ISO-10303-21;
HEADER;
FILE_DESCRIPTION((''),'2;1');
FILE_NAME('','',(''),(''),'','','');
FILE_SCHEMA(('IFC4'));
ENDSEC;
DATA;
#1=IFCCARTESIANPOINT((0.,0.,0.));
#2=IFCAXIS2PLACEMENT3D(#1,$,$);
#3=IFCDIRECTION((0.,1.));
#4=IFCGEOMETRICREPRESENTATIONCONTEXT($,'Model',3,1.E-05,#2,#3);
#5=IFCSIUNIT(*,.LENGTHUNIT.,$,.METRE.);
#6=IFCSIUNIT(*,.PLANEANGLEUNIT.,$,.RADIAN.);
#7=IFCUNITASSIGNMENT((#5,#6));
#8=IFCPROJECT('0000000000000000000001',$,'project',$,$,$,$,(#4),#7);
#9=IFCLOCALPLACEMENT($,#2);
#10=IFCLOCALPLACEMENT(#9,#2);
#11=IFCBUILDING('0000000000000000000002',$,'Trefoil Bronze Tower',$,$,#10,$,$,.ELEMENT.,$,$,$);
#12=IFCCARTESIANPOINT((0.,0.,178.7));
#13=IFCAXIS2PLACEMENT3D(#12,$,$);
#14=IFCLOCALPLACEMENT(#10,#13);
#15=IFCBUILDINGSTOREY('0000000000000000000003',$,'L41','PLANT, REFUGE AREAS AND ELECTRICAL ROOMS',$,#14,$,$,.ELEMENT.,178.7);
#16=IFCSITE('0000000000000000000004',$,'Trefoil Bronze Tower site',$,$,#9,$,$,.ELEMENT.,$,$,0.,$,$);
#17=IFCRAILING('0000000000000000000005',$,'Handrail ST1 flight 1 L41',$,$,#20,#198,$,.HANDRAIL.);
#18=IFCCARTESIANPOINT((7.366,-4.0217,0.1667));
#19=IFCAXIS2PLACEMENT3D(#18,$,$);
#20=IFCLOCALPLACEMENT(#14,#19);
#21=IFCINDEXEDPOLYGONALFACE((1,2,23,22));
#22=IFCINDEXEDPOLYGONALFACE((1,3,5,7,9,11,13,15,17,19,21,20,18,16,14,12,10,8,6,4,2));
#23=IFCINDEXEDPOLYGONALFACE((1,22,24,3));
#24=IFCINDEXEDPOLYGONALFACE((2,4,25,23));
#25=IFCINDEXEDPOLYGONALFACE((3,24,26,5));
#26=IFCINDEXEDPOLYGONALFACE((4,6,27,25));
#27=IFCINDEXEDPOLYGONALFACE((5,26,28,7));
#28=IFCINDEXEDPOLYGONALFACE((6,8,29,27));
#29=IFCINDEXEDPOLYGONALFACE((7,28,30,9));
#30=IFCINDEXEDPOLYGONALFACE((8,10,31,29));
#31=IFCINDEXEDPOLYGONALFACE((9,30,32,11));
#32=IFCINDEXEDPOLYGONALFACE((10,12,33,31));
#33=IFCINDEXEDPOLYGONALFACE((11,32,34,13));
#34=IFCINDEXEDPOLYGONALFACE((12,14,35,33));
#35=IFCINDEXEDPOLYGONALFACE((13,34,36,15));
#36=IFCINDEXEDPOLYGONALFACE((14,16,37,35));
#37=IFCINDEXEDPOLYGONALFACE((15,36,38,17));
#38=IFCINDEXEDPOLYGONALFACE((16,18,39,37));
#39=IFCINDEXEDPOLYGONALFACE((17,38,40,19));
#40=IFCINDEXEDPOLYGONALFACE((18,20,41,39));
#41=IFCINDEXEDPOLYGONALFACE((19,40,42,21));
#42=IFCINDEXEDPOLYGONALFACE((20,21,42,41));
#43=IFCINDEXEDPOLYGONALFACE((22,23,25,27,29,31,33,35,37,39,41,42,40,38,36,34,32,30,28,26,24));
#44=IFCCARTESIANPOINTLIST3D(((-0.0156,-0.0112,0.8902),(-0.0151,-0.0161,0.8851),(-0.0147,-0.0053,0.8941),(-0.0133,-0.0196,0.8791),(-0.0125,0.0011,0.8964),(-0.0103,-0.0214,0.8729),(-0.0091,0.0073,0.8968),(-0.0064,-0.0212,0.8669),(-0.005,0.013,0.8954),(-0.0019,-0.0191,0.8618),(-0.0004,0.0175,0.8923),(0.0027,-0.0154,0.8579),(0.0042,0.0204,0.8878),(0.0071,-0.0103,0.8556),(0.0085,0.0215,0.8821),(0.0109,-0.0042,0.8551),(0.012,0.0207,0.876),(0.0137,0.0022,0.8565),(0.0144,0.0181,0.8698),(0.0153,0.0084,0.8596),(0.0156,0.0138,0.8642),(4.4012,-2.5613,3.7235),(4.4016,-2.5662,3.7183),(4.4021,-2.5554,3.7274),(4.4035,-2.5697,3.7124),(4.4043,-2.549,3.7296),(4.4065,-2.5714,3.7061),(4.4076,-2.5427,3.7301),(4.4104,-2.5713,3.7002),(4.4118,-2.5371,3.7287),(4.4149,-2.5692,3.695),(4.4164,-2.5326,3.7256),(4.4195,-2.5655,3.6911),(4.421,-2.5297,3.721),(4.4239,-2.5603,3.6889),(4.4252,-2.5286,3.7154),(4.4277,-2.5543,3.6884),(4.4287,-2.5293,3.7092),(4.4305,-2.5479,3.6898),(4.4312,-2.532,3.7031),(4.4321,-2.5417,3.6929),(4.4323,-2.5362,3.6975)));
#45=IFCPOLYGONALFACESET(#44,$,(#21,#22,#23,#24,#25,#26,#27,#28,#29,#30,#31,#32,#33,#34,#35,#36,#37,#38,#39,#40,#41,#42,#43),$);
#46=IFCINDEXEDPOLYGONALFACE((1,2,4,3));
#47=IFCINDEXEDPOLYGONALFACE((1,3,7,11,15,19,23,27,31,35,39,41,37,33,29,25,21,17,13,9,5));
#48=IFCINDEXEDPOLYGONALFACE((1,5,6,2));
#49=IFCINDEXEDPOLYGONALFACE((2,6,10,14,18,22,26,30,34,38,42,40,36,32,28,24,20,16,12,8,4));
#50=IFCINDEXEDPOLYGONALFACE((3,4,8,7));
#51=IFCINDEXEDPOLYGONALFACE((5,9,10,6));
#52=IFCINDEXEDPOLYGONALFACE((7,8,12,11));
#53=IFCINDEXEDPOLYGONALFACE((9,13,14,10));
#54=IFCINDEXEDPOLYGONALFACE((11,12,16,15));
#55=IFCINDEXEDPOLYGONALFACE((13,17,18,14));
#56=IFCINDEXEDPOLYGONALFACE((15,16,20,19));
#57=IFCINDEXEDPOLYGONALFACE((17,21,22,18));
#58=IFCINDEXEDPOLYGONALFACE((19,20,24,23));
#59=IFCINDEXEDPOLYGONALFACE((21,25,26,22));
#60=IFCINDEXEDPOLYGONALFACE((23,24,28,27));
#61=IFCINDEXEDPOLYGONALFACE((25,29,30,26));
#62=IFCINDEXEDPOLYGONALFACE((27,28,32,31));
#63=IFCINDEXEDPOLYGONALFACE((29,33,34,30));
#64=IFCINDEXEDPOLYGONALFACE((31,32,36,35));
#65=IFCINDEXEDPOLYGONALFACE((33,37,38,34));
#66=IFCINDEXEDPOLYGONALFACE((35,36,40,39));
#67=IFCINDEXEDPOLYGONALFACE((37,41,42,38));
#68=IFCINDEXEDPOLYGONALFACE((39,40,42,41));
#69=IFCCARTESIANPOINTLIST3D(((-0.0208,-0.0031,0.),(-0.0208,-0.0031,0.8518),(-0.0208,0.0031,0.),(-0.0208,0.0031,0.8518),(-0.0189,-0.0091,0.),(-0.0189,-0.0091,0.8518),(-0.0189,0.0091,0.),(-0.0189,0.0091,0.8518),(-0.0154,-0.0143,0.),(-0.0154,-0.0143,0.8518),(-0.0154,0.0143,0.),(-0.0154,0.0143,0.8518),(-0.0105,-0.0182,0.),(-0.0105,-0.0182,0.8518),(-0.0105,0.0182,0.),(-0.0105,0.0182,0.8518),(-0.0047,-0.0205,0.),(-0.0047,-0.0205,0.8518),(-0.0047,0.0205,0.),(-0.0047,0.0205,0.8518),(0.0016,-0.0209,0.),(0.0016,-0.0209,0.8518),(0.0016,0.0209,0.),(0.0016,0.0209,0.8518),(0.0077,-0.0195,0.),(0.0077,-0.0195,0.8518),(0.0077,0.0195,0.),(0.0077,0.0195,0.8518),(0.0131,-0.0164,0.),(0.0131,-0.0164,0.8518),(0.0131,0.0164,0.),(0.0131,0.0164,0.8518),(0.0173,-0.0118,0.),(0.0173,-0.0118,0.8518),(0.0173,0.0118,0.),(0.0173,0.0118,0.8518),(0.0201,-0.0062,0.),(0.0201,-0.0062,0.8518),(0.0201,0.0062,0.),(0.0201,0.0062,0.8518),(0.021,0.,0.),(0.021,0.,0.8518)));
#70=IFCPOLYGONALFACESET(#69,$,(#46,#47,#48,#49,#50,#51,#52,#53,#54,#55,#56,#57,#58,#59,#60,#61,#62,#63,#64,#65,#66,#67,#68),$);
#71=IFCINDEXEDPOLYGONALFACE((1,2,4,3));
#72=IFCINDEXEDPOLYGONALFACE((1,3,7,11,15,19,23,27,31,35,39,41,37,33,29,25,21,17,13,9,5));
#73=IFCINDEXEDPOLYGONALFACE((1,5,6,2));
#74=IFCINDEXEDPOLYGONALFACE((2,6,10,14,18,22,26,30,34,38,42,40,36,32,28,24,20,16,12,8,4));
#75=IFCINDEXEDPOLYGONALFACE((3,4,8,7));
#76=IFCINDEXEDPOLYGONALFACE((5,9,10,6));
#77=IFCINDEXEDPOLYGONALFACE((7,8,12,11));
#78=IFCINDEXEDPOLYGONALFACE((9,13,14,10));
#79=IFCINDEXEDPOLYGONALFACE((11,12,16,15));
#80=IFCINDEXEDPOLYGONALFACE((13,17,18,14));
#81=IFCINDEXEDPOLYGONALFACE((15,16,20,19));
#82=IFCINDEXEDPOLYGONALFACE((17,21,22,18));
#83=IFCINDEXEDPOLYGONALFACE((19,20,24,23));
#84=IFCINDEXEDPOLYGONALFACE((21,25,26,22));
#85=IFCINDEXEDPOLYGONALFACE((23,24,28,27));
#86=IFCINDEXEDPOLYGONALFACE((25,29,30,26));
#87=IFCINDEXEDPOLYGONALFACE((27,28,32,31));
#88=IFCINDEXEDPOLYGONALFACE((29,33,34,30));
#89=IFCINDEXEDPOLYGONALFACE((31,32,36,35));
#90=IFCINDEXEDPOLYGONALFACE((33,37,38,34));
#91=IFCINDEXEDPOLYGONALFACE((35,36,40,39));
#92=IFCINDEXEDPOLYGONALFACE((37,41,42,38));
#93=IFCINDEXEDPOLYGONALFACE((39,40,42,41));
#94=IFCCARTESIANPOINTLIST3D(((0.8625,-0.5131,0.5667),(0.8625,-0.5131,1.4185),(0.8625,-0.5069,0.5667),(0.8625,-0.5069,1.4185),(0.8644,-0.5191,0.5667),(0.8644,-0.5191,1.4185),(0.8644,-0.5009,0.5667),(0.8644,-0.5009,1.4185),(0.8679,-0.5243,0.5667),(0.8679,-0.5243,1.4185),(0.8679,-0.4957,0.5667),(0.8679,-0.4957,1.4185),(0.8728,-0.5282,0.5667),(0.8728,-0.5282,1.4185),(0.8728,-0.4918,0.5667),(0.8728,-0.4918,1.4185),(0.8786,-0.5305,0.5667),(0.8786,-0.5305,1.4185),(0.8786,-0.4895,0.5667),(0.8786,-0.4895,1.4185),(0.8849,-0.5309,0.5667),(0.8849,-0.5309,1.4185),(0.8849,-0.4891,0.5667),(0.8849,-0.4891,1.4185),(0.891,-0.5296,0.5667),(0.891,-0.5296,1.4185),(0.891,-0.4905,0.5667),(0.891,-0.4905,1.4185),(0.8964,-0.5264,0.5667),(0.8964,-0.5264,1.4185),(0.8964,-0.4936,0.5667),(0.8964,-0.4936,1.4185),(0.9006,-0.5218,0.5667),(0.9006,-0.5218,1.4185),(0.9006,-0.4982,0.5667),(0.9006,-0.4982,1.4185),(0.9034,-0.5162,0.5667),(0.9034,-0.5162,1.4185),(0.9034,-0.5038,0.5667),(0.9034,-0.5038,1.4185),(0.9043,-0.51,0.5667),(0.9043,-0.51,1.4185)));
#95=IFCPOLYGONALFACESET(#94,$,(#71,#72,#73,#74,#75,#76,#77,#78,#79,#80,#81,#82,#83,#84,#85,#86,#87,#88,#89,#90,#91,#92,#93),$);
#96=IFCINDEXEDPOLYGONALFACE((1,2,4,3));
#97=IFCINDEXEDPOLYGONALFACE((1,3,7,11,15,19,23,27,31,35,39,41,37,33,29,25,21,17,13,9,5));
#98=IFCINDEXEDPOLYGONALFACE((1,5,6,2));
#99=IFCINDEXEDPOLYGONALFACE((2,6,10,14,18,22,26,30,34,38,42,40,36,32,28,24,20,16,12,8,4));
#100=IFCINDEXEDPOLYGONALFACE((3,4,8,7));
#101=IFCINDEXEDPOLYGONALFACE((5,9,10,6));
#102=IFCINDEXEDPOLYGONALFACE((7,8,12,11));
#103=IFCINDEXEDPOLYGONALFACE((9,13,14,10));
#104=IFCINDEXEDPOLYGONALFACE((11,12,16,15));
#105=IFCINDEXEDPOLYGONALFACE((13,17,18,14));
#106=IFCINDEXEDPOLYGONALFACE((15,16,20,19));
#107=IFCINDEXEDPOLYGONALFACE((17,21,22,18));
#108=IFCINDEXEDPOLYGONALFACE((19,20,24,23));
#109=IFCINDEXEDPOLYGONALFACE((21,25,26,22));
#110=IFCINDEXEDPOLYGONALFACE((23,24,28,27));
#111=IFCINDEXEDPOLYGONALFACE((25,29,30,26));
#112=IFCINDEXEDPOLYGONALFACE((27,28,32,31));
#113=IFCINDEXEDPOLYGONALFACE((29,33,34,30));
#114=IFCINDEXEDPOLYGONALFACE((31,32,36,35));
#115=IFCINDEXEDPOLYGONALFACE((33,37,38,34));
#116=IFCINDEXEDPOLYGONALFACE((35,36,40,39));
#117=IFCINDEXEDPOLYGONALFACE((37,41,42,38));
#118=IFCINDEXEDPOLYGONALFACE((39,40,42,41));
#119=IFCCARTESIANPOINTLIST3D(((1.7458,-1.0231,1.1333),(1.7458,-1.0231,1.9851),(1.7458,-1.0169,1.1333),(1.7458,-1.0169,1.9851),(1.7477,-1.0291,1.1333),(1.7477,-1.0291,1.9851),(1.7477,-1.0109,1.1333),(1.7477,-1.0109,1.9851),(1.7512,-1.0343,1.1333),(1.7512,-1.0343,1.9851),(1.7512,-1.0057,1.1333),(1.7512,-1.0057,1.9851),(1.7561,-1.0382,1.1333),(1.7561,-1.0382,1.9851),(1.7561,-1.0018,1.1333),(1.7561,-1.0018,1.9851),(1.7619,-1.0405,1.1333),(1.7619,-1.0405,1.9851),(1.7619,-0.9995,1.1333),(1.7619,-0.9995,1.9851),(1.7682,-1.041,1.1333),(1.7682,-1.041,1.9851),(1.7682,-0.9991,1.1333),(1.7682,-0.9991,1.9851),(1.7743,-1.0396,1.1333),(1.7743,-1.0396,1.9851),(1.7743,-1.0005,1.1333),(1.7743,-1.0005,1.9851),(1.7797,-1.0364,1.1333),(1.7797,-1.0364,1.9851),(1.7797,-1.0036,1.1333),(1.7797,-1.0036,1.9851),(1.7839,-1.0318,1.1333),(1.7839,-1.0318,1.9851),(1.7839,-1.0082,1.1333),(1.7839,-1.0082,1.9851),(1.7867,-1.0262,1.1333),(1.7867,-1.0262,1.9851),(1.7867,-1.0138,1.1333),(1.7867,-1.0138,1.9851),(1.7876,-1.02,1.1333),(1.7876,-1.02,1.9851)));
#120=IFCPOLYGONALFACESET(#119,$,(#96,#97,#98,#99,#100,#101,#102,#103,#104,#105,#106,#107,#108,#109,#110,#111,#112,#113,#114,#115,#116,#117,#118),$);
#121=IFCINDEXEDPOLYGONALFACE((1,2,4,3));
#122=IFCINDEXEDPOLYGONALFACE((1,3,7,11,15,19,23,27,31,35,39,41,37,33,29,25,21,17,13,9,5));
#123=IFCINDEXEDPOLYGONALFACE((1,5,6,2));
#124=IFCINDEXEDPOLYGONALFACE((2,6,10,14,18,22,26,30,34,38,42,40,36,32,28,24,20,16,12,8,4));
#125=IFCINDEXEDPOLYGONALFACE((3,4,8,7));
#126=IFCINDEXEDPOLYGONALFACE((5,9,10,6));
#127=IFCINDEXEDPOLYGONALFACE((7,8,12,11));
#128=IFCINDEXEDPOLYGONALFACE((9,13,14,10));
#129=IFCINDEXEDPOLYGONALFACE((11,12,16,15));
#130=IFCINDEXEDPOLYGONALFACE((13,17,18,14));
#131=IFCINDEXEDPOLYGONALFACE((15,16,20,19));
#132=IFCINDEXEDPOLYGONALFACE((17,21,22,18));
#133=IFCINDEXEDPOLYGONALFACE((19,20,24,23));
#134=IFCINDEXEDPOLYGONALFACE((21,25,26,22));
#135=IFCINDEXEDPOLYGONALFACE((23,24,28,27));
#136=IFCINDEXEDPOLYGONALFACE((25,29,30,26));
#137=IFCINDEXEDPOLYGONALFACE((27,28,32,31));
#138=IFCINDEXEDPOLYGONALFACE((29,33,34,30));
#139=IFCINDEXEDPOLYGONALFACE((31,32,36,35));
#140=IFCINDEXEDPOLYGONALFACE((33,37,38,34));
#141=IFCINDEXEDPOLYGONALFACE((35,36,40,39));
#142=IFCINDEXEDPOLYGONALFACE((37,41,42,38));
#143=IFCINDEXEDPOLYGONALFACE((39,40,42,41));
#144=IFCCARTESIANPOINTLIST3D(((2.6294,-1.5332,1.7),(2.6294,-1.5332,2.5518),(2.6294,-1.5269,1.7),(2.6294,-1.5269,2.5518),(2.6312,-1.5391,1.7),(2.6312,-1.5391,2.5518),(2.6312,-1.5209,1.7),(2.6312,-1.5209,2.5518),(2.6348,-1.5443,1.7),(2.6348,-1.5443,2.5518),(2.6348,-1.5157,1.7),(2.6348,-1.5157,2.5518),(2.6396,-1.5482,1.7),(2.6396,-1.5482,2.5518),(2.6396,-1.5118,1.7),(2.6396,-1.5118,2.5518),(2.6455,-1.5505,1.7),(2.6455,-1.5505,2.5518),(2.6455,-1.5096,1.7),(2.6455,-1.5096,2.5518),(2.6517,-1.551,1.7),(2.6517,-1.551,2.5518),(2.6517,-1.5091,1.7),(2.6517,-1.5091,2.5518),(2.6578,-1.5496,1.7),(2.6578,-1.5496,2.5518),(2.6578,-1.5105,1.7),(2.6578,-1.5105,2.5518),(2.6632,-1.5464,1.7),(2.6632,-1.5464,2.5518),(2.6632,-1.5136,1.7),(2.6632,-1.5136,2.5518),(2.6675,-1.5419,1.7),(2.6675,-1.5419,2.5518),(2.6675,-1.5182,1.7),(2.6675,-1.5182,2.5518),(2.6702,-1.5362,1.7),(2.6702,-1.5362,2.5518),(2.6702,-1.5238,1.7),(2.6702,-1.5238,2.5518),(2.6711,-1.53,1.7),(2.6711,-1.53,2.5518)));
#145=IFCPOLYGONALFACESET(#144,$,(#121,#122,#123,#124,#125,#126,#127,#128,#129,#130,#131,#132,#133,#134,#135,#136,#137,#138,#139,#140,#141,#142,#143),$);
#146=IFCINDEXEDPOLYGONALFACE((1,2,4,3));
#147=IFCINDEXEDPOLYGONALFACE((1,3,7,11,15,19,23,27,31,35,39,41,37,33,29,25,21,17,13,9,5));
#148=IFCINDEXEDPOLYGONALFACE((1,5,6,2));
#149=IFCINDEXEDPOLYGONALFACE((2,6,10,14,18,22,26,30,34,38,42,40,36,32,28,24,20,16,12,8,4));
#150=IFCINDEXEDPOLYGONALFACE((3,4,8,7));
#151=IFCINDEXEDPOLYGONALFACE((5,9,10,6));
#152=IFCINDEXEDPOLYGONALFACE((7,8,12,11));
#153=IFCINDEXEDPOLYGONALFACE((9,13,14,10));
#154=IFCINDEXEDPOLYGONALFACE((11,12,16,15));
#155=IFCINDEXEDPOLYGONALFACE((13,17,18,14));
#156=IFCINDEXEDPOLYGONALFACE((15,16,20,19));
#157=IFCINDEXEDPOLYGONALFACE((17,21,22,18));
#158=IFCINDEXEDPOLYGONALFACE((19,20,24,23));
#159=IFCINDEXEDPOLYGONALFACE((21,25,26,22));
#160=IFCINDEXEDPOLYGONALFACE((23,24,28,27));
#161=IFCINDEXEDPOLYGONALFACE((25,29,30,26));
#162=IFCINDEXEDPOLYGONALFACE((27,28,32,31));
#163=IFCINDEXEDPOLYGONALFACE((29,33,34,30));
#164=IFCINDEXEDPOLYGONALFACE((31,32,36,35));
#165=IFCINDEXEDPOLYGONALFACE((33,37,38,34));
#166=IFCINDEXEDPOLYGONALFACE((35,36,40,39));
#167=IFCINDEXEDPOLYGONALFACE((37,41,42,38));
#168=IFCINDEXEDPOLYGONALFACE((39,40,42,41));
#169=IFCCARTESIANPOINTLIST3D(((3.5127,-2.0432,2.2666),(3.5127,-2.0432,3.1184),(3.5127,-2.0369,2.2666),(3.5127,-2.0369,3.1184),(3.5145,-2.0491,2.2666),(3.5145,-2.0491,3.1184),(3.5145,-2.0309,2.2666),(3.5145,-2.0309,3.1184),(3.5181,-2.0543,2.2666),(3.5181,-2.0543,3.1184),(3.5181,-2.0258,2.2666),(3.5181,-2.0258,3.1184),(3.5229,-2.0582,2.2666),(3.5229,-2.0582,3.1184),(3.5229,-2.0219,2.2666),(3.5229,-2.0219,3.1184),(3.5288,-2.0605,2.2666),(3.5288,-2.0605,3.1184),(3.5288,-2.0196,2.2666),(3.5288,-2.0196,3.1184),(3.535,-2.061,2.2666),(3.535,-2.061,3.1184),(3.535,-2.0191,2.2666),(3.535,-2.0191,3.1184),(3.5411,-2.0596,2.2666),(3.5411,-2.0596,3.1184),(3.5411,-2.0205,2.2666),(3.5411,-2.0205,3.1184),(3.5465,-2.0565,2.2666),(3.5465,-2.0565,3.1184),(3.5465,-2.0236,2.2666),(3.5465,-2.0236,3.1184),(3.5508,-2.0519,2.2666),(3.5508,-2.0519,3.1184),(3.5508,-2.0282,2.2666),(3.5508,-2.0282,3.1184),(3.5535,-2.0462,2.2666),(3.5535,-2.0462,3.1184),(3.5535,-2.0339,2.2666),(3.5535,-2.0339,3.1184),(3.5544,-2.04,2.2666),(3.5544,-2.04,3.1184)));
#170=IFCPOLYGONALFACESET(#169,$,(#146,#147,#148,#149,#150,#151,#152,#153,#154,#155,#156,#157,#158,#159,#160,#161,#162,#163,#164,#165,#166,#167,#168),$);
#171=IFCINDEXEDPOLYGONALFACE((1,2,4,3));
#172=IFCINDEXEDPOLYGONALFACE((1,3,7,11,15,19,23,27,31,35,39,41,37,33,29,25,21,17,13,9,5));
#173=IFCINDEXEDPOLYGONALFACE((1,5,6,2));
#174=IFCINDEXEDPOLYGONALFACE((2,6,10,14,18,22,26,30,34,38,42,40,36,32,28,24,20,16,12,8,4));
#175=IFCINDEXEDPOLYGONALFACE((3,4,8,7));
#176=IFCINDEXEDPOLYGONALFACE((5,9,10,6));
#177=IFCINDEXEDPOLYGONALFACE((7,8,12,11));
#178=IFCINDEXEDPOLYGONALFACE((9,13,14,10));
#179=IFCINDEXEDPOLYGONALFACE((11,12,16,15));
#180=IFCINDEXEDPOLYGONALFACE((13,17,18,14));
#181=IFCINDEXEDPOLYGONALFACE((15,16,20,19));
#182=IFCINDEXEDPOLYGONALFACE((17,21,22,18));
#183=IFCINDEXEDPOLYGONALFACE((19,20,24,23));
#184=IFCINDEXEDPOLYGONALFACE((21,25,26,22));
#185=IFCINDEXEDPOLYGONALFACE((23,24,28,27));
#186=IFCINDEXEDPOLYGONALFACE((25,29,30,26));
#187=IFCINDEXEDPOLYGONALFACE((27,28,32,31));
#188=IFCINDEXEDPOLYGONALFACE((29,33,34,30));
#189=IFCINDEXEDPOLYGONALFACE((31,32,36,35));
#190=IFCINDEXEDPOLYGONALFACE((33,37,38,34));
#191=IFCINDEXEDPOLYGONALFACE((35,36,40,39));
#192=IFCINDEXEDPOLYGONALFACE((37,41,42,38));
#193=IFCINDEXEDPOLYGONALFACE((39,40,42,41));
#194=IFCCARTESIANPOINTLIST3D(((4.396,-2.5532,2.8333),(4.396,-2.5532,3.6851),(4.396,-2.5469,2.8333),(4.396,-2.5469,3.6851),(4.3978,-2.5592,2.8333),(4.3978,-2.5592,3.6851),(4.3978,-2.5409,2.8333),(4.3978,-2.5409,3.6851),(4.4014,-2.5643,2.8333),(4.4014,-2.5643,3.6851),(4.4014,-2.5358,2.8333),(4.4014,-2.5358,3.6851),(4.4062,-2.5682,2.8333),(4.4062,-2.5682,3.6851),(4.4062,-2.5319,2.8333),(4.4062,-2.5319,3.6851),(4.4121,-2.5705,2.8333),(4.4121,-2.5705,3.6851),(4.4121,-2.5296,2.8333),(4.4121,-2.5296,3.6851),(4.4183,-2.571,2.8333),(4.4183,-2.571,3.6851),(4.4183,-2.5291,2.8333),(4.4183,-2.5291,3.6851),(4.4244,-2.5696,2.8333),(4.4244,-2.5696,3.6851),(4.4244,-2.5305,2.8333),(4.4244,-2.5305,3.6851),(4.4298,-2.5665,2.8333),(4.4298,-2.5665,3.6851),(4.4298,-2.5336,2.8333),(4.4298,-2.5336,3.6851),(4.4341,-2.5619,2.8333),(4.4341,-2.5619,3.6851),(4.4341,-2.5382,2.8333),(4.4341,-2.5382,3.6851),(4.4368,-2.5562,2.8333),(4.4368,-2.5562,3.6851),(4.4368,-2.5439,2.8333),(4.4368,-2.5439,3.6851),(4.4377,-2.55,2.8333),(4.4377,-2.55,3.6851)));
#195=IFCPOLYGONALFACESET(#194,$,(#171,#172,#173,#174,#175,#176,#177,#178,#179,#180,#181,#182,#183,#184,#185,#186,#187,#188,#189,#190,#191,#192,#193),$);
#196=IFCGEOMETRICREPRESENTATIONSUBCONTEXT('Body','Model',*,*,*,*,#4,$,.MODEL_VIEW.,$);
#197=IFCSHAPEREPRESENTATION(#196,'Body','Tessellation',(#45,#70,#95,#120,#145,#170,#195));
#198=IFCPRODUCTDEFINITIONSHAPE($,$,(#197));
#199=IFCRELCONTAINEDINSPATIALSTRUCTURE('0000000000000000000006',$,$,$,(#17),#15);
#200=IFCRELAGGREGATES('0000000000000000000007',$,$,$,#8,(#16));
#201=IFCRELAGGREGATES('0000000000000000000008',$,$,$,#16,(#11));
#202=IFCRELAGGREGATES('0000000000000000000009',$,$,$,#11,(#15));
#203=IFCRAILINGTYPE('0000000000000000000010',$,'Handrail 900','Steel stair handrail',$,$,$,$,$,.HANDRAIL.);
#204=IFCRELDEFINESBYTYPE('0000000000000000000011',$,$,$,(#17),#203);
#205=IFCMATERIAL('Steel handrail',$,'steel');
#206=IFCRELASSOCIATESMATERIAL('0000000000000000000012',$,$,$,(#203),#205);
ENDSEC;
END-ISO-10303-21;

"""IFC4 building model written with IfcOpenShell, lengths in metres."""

from ifc_helpers import new_model, si_unit, direction, frame, origin, origin_2d, place, context, subcontext, project, spatial, circle, extrude, material, type_object, element, save


model = new_model("IFC4")

# Units and contexts
model_context = context("Model", 3, precision=1e-05, world=origin(), true_north=direction((0.0, 1.0)))
body_context = subcontext(model_context, "Body", "Model", "MODEL_VIEW")
ifc_project = project(units=[si_unit("LENGTHUNIT", "METRE"), si_unit("PLANEANGLEUNIT", "RADIAN")], contexts=[model_context])

# Site, building, storey
site_placement = place(None, origin())
site = spatial("IfcSite", under=ifc_project, at=site_placement, Name="Trefoil Bronze Tower site", CompositionType="ELEMENT", RefElevation=0.0)
building_placement = place(site_placement, origin())
building = spatial("IfcBuilding", under=site, at=building_placement, Name="Trefoil Bronze Tower", CompositionType="ELEMENT")
storey_placement = place(building_placement, frame((0.0, 0.0, 178.7)))
storey = spatial("IfcBuildingStorey", under=building, at=storey_placement, Name="L41", Description="PLANT, REFUGE AREAS AND ELECTRICAL ROOMS", CompositionType="ELEMENT", Elevation=178.7)

# Railing
ifc_material_1 = material(Name="Steel handrail", Category="steel")
railing_type = type_object("IfcRailingType", Name="Handrail 900", Description="Steel stair handrail", PredefinedType="HANDRAIL", material=ifc_material_1)
railing_1_placement = place(storey_placement, frame((7.366, -4.0217, 0.1667)))
element("IfcRailing", 1, at=railing_1_placement, inside=storey, type_object=railing_type, Name="Handrail ST1 flight 1 L41", PredefinedType="HANDRAIL", context=body_context, shape_type="SweptSolid", body=[
    extrude(circle(Radius=0.0239, at=origin_2d()), frame((0.0, 0.0, 0.876), z_axis=(0.757046, -0.437087, 0.485629), x_axis=(0.500006, 0.866022, 0.0)), (0.0, 0.0, 1.0), 5.8342),
    extrude(circle(Radius=0.021, at=origin_2d()), origin(), (0.0, 0.0, 1.0), 0.8518),
    extrude(circle(Radius=0.021, at=origin_2d()), frame((0.8833, -0.51, 0.5667)), (0.0, 0.0, 1.0), 0.8518),
    extrude(circle(Radius=0.021, at=origin_2d()), frame((1.7666, -1.02, 1.1333)), (0.0, 0.0, 1.0), 0.8518),
    extrude(circle(Radius=0.021, at=origin_2d()), frame((2.6501, -1.53, 1.7)), (0.0, 0.0, 1.0), 0.8518),
    extrude(circle(Radius=0.021, at=origin_2d()), frame((3.5334, -2.04, 2.2666)), (0.0, 0.0, 1.0), 0.8518),
    extrude(circle(Radius=0.021, at=origin_2d()), frame((4.4167, -2.55, 2.8333)), (0.0, 0.0, 1.0), 0.8518),
])

save(model, "model.ifc")
